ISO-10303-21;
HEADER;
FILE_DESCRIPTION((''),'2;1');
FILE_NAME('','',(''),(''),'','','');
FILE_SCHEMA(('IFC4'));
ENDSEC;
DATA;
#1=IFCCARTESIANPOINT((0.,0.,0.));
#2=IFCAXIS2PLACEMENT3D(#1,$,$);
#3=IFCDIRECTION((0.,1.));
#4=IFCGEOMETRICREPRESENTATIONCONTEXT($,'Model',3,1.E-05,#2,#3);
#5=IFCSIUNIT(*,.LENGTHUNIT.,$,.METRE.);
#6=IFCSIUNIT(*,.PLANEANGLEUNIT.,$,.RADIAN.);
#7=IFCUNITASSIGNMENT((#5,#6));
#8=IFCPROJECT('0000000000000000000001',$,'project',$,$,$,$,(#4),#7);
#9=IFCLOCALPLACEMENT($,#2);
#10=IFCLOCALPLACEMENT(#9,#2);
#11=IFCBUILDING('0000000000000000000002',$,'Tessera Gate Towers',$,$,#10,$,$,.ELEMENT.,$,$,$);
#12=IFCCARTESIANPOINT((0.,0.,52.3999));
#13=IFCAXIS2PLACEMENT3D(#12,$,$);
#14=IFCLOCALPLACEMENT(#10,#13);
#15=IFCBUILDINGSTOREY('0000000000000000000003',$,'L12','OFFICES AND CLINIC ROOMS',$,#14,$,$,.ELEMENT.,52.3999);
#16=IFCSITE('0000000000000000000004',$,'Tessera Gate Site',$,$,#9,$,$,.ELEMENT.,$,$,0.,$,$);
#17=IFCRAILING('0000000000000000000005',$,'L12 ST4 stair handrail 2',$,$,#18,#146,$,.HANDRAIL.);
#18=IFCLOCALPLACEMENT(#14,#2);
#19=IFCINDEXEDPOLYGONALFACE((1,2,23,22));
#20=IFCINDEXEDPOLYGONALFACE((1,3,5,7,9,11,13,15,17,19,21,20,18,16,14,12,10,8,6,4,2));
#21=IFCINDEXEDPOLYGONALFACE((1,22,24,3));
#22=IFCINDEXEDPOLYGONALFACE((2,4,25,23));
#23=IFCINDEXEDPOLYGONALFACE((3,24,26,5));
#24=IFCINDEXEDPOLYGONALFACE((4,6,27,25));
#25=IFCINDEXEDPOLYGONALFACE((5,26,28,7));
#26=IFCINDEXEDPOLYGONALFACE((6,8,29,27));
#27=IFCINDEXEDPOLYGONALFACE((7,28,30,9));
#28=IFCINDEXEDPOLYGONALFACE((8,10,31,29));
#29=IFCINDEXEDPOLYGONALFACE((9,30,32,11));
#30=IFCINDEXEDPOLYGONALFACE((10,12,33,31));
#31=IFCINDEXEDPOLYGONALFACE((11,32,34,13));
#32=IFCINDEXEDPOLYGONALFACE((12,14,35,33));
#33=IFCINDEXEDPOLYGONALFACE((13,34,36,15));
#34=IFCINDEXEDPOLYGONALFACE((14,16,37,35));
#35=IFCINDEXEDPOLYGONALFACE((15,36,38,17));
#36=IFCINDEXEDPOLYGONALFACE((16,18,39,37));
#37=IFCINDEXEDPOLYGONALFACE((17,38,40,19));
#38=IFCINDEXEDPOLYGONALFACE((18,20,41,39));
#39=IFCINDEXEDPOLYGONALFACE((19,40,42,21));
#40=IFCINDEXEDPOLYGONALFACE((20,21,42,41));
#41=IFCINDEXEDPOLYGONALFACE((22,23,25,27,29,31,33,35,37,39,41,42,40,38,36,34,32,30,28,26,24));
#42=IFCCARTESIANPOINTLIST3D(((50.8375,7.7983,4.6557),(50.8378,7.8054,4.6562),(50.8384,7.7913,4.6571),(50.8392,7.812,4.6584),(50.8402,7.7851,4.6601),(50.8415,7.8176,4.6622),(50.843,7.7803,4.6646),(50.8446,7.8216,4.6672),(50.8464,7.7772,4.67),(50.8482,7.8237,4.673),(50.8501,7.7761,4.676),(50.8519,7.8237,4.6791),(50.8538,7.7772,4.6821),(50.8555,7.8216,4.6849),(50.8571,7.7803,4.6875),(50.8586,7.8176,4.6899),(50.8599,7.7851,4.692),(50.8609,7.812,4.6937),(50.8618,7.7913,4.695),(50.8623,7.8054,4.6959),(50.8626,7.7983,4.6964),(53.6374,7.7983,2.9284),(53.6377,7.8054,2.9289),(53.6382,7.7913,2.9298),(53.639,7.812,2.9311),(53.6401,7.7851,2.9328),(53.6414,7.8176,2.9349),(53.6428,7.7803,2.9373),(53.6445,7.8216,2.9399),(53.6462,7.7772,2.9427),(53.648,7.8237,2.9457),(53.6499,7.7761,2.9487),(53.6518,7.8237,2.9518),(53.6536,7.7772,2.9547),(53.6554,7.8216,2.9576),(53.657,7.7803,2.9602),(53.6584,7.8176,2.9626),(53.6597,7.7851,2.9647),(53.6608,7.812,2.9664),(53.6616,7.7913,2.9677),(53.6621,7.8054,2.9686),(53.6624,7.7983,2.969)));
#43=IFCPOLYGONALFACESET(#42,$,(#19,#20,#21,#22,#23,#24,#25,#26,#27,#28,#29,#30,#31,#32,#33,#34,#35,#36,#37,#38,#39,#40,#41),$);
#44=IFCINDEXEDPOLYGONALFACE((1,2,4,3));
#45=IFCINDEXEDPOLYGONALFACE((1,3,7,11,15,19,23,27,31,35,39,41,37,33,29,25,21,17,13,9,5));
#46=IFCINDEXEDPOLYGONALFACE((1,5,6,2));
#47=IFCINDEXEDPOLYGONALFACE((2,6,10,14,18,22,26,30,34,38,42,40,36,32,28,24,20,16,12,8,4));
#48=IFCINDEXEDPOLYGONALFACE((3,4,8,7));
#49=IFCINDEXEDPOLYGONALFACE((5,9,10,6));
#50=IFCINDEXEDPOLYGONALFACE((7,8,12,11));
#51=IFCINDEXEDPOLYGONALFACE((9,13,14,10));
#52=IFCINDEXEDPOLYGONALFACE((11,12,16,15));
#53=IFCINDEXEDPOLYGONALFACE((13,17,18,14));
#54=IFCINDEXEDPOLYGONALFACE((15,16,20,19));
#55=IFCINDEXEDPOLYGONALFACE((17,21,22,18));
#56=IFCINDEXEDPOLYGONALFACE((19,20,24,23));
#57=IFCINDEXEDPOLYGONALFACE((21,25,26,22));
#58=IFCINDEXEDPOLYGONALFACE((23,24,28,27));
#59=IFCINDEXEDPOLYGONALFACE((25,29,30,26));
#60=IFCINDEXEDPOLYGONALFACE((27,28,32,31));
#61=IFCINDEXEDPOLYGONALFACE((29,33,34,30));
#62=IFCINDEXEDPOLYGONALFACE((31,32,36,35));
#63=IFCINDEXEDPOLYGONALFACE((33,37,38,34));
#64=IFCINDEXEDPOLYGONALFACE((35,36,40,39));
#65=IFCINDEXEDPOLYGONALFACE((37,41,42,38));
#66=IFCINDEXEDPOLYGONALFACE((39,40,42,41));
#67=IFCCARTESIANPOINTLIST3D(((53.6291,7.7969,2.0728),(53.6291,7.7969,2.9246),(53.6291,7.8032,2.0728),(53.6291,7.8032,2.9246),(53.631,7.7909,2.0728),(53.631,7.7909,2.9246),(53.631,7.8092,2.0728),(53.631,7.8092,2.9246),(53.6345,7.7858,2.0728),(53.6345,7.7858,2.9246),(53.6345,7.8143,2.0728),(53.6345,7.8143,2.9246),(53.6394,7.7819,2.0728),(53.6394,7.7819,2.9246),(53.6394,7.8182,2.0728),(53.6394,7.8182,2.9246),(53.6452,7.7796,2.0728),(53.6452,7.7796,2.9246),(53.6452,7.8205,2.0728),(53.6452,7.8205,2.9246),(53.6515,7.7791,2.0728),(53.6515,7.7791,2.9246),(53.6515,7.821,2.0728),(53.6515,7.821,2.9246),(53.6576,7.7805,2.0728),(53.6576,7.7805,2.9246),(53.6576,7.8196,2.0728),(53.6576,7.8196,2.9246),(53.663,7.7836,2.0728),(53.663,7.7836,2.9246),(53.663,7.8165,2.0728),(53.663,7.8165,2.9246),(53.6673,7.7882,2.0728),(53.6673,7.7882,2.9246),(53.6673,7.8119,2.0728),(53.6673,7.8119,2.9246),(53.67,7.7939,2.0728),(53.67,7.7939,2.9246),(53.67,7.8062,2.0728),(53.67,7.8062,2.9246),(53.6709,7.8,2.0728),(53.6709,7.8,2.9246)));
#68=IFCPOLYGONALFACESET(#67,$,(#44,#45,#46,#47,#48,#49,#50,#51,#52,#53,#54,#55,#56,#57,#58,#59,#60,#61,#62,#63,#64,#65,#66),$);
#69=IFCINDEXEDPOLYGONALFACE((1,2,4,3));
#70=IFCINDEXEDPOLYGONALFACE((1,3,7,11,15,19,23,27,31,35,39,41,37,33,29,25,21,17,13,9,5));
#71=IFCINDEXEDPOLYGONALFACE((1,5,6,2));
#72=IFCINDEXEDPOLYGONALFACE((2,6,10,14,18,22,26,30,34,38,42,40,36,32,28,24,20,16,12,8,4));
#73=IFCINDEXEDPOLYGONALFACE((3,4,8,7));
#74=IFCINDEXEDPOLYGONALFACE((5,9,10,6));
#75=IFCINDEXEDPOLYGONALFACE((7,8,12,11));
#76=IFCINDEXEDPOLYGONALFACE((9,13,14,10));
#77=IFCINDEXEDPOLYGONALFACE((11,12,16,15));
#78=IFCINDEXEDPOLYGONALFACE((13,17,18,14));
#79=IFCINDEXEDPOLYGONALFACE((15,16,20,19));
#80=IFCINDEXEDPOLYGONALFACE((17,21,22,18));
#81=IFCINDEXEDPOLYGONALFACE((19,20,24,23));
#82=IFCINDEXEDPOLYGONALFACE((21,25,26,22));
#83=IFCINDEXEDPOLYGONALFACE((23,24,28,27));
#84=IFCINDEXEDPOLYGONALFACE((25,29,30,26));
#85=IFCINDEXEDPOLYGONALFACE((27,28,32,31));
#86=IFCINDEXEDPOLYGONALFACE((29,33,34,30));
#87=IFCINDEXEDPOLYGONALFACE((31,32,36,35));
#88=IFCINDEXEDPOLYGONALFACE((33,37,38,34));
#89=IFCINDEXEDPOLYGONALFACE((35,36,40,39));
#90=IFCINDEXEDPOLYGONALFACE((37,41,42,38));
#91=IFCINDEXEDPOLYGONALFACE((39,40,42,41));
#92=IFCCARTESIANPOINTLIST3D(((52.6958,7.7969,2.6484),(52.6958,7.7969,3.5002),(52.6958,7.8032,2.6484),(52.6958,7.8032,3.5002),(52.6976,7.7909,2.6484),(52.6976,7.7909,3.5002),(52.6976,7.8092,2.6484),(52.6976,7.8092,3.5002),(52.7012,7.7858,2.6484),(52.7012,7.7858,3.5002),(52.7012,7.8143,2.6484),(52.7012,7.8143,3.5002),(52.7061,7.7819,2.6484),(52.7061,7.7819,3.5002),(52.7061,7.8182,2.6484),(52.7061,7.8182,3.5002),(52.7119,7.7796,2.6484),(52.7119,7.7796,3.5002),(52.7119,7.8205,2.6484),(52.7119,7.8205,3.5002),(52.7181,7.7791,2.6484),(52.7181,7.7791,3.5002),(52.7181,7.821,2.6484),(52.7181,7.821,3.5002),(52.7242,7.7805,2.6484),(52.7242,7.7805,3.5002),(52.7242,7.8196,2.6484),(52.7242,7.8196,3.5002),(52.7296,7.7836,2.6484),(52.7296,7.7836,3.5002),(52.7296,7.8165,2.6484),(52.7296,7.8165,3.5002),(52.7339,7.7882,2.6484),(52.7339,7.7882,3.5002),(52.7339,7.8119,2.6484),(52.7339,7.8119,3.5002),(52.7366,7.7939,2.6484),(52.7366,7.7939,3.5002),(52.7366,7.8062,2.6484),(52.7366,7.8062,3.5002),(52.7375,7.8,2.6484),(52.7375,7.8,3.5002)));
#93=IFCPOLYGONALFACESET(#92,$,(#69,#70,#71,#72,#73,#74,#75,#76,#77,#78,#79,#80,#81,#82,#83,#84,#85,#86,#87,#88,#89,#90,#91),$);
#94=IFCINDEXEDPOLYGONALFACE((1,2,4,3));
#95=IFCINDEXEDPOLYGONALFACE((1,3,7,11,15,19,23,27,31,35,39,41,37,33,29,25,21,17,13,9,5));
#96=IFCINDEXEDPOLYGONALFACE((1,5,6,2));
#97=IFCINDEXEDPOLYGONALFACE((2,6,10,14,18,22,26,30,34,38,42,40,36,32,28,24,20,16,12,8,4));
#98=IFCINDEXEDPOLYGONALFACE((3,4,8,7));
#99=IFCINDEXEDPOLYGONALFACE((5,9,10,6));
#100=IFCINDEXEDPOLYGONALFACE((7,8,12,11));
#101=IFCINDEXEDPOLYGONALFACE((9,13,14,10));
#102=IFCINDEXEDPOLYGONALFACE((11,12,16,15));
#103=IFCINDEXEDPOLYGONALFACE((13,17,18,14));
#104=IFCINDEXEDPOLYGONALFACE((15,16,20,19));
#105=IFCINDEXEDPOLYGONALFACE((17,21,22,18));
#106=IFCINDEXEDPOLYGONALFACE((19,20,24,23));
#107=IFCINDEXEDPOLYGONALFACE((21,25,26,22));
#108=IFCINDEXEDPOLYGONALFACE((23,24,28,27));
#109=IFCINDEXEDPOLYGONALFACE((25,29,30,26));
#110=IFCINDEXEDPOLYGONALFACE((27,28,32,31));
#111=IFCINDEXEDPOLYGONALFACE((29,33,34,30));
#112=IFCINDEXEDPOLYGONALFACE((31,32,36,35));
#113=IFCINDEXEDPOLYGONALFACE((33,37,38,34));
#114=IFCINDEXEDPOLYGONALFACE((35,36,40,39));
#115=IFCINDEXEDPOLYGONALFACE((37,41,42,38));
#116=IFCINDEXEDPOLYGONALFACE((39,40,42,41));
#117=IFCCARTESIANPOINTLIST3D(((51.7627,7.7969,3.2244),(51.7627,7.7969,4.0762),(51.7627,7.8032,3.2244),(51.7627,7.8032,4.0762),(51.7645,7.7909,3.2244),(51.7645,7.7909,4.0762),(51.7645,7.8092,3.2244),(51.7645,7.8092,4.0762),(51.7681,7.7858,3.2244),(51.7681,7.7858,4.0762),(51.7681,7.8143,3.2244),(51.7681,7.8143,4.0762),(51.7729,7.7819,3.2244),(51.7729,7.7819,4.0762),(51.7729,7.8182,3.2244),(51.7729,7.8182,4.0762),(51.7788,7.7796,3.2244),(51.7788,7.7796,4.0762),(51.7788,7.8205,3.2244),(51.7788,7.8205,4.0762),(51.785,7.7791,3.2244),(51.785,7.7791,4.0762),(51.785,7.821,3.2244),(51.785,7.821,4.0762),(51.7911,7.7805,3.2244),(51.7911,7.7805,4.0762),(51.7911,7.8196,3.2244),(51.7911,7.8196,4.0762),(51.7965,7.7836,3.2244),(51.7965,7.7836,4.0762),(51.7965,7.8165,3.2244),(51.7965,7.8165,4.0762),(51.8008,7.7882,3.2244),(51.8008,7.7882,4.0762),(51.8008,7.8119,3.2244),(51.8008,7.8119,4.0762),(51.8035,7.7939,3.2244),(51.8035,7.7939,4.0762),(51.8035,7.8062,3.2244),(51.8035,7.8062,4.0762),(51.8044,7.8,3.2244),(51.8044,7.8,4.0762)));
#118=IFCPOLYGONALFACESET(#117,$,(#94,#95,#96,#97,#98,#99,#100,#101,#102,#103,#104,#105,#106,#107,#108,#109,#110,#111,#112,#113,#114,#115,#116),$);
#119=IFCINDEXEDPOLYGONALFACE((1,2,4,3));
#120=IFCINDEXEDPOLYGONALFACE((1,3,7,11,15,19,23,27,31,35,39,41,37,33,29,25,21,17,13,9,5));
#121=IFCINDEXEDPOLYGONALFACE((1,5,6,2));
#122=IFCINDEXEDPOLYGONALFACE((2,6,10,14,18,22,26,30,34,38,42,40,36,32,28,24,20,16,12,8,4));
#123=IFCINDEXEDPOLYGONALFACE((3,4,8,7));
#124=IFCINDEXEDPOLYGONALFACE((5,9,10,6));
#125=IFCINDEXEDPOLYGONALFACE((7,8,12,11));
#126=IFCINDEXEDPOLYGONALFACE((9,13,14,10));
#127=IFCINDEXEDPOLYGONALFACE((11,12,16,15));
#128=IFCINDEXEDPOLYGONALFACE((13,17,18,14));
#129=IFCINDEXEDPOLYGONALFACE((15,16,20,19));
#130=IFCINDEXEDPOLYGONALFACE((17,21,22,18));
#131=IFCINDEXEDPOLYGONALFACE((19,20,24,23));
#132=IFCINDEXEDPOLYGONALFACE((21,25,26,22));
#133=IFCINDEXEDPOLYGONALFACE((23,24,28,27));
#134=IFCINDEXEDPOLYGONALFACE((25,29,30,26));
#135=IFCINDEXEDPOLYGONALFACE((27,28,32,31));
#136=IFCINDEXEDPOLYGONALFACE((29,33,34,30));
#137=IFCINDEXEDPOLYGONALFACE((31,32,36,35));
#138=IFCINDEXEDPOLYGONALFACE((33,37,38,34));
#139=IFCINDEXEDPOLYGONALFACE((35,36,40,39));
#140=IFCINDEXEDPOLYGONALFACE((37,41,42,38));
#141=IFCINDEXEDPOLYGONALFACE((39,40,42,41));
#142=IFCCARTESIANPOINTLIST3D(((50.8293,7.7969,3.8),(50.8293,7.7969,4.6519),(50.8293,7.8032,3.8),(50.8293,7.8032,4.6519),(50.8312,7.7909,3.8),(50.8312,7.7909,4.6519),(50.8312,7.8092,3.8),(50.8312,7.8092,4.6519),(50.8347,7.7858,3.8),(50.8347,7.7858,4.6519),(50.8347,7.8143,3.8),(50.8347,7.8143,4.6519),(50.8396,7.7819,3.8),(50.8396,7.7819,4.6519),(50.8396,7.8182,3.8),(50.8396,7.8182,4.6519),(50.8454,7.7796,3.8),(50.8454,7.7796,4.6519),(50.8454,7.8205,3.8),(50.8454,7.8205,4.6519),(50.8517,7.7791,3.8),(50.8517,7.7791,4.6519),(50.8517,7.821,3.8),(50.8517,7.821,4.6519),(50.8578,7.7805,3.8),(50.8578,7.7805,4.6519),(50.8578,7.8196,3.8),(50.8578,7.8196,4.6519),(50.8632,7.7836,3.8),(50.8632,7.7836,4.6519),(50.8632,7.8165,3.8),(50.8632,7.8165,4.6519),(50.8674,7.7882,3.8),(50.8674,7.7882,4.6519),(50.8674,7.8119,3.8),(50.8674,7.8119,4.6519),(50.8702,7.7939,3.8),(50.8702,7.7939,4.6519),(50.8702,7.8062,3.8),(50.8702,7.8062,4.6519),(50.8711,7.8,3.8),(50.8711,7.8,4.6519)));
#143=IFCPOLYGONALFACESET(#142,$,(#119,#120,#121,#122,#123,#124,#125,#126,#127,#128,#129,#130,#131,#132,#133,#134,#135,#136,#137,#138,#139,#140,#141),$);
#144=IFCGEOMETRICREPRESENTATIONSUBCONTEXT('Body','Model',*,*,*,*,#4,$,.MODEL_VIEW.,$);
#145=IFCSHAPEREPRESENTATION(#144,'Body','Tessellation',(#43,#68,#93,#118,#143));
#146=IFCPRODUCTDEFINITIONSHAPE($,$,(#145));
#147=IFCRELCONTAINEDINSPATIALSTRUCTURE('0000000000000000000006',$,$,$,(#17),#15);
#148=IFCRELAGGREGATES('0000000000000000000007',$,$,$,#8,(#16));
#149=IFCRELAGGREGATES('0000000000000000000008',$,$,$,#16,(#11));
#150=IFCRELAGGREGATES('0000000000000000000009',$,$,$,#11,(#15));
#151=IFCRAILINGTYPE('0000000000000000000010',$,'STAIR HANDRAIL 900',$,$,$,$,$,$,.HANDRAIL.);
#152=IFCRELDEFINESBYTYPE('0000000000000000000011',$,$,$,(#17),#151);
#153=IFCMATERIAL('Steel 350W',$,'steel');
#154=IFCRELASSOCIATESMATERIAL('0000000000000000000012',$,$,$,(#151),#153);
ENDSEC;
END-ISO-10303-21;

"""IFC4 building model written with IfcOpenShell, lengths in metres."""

from ifc_helpers import new_model, si_unit, direction, frame, origin, origin_2d, place, context, subcontext, project, spatial, circle, extrude, material, type_object, element, save


model = new_model("IFC4")

# Units and contexts
model_context = context("Model", 3, precision=1e-05, world=origin(), true_north=direction((0.0, 1.0)))
body_context = subcontext(model_context, "Body", "Model", "MODEL_VIEW")
ifc_project = project(units=[si_unit("LENGTHUNIT", "METRE"), si_unit("PLANEANGLEUNIT", "RADIAN")], contexts=[model_context])

# Site, building, storey
site_placement = place(None, origin())
site = spatial("IfcSite", under=ifc_project, at=site_placement, Name="Tessera Gate Site", CompositionType="ELEMENT", RefElevation=0.0)
building_placement = place(site_placement, origin())
building = spatial("IfcBuilding", under=site, at=building_placement, Name="Tessera Gate Towers", CompositionType="ELEMENT")
storey_placement = place(building_placement, frame((0.0, 0.0, 52.3999)))
storey = spatial("IfcBuildingStorey", under=building, at=storey_placement, Name="L12", Description="OFFICES AND CLINIC ROOMS", CompositionType="ELEMENT", Elevation=52.3999)

# Railing
ifc_material_1 = material(Name="Steel 350W", Category="steel")
railing_type = type_object("IfcRailingType", Name="STAIR HANDRAIL 900", PredefinedType="HANDRAIL", material=ifc_material_1)
railing_1_placement = place(storey_placement, frame((53.6499, 7.8, 2.0728)))
element("IfcRailing", 1, at=railing_1_placement, inside=storey, type_object=railing_type, Name="L12 ST4 stair handrail 2", PredefinedType="HANDRAIL", context=body_context, shape_type="SweptSolid", body=[
    extrude(circle(Radius=0.0239, at=origin_2d()), frame((0.0, 0.0, 0.876), z_axis=(-0.851069, 0.0, 0.525054), x_axis=(0.0, -1.0, 0.0)), (0.0, 0.0, 1.0), 3.2898),
    extrude(circle(Radius=0.021, at=origin_2d()), origin(), (0.0, 0.0, 1.0), 0.8518),
    extrude(circle(Radius=0.021, at=origin_2d()), frame((-0.9333, 0.0, 0.5757)), (0.0, 0.0, 1.0), 0.8518),
    extrude(circle(Radius=0.021, at=origin_2d()), frame((-1.8665, 0.0, 1.1516)), (0.0, 0.0, 1.0), 0.8518),
    extrude(circle(Radius=0.021, at=origin_2d()), frame((-2.7998, 0.0, 1.7273)), (0.0, 0.0, 1.0), 0.8518),
])

save(model, "model.ifc")
